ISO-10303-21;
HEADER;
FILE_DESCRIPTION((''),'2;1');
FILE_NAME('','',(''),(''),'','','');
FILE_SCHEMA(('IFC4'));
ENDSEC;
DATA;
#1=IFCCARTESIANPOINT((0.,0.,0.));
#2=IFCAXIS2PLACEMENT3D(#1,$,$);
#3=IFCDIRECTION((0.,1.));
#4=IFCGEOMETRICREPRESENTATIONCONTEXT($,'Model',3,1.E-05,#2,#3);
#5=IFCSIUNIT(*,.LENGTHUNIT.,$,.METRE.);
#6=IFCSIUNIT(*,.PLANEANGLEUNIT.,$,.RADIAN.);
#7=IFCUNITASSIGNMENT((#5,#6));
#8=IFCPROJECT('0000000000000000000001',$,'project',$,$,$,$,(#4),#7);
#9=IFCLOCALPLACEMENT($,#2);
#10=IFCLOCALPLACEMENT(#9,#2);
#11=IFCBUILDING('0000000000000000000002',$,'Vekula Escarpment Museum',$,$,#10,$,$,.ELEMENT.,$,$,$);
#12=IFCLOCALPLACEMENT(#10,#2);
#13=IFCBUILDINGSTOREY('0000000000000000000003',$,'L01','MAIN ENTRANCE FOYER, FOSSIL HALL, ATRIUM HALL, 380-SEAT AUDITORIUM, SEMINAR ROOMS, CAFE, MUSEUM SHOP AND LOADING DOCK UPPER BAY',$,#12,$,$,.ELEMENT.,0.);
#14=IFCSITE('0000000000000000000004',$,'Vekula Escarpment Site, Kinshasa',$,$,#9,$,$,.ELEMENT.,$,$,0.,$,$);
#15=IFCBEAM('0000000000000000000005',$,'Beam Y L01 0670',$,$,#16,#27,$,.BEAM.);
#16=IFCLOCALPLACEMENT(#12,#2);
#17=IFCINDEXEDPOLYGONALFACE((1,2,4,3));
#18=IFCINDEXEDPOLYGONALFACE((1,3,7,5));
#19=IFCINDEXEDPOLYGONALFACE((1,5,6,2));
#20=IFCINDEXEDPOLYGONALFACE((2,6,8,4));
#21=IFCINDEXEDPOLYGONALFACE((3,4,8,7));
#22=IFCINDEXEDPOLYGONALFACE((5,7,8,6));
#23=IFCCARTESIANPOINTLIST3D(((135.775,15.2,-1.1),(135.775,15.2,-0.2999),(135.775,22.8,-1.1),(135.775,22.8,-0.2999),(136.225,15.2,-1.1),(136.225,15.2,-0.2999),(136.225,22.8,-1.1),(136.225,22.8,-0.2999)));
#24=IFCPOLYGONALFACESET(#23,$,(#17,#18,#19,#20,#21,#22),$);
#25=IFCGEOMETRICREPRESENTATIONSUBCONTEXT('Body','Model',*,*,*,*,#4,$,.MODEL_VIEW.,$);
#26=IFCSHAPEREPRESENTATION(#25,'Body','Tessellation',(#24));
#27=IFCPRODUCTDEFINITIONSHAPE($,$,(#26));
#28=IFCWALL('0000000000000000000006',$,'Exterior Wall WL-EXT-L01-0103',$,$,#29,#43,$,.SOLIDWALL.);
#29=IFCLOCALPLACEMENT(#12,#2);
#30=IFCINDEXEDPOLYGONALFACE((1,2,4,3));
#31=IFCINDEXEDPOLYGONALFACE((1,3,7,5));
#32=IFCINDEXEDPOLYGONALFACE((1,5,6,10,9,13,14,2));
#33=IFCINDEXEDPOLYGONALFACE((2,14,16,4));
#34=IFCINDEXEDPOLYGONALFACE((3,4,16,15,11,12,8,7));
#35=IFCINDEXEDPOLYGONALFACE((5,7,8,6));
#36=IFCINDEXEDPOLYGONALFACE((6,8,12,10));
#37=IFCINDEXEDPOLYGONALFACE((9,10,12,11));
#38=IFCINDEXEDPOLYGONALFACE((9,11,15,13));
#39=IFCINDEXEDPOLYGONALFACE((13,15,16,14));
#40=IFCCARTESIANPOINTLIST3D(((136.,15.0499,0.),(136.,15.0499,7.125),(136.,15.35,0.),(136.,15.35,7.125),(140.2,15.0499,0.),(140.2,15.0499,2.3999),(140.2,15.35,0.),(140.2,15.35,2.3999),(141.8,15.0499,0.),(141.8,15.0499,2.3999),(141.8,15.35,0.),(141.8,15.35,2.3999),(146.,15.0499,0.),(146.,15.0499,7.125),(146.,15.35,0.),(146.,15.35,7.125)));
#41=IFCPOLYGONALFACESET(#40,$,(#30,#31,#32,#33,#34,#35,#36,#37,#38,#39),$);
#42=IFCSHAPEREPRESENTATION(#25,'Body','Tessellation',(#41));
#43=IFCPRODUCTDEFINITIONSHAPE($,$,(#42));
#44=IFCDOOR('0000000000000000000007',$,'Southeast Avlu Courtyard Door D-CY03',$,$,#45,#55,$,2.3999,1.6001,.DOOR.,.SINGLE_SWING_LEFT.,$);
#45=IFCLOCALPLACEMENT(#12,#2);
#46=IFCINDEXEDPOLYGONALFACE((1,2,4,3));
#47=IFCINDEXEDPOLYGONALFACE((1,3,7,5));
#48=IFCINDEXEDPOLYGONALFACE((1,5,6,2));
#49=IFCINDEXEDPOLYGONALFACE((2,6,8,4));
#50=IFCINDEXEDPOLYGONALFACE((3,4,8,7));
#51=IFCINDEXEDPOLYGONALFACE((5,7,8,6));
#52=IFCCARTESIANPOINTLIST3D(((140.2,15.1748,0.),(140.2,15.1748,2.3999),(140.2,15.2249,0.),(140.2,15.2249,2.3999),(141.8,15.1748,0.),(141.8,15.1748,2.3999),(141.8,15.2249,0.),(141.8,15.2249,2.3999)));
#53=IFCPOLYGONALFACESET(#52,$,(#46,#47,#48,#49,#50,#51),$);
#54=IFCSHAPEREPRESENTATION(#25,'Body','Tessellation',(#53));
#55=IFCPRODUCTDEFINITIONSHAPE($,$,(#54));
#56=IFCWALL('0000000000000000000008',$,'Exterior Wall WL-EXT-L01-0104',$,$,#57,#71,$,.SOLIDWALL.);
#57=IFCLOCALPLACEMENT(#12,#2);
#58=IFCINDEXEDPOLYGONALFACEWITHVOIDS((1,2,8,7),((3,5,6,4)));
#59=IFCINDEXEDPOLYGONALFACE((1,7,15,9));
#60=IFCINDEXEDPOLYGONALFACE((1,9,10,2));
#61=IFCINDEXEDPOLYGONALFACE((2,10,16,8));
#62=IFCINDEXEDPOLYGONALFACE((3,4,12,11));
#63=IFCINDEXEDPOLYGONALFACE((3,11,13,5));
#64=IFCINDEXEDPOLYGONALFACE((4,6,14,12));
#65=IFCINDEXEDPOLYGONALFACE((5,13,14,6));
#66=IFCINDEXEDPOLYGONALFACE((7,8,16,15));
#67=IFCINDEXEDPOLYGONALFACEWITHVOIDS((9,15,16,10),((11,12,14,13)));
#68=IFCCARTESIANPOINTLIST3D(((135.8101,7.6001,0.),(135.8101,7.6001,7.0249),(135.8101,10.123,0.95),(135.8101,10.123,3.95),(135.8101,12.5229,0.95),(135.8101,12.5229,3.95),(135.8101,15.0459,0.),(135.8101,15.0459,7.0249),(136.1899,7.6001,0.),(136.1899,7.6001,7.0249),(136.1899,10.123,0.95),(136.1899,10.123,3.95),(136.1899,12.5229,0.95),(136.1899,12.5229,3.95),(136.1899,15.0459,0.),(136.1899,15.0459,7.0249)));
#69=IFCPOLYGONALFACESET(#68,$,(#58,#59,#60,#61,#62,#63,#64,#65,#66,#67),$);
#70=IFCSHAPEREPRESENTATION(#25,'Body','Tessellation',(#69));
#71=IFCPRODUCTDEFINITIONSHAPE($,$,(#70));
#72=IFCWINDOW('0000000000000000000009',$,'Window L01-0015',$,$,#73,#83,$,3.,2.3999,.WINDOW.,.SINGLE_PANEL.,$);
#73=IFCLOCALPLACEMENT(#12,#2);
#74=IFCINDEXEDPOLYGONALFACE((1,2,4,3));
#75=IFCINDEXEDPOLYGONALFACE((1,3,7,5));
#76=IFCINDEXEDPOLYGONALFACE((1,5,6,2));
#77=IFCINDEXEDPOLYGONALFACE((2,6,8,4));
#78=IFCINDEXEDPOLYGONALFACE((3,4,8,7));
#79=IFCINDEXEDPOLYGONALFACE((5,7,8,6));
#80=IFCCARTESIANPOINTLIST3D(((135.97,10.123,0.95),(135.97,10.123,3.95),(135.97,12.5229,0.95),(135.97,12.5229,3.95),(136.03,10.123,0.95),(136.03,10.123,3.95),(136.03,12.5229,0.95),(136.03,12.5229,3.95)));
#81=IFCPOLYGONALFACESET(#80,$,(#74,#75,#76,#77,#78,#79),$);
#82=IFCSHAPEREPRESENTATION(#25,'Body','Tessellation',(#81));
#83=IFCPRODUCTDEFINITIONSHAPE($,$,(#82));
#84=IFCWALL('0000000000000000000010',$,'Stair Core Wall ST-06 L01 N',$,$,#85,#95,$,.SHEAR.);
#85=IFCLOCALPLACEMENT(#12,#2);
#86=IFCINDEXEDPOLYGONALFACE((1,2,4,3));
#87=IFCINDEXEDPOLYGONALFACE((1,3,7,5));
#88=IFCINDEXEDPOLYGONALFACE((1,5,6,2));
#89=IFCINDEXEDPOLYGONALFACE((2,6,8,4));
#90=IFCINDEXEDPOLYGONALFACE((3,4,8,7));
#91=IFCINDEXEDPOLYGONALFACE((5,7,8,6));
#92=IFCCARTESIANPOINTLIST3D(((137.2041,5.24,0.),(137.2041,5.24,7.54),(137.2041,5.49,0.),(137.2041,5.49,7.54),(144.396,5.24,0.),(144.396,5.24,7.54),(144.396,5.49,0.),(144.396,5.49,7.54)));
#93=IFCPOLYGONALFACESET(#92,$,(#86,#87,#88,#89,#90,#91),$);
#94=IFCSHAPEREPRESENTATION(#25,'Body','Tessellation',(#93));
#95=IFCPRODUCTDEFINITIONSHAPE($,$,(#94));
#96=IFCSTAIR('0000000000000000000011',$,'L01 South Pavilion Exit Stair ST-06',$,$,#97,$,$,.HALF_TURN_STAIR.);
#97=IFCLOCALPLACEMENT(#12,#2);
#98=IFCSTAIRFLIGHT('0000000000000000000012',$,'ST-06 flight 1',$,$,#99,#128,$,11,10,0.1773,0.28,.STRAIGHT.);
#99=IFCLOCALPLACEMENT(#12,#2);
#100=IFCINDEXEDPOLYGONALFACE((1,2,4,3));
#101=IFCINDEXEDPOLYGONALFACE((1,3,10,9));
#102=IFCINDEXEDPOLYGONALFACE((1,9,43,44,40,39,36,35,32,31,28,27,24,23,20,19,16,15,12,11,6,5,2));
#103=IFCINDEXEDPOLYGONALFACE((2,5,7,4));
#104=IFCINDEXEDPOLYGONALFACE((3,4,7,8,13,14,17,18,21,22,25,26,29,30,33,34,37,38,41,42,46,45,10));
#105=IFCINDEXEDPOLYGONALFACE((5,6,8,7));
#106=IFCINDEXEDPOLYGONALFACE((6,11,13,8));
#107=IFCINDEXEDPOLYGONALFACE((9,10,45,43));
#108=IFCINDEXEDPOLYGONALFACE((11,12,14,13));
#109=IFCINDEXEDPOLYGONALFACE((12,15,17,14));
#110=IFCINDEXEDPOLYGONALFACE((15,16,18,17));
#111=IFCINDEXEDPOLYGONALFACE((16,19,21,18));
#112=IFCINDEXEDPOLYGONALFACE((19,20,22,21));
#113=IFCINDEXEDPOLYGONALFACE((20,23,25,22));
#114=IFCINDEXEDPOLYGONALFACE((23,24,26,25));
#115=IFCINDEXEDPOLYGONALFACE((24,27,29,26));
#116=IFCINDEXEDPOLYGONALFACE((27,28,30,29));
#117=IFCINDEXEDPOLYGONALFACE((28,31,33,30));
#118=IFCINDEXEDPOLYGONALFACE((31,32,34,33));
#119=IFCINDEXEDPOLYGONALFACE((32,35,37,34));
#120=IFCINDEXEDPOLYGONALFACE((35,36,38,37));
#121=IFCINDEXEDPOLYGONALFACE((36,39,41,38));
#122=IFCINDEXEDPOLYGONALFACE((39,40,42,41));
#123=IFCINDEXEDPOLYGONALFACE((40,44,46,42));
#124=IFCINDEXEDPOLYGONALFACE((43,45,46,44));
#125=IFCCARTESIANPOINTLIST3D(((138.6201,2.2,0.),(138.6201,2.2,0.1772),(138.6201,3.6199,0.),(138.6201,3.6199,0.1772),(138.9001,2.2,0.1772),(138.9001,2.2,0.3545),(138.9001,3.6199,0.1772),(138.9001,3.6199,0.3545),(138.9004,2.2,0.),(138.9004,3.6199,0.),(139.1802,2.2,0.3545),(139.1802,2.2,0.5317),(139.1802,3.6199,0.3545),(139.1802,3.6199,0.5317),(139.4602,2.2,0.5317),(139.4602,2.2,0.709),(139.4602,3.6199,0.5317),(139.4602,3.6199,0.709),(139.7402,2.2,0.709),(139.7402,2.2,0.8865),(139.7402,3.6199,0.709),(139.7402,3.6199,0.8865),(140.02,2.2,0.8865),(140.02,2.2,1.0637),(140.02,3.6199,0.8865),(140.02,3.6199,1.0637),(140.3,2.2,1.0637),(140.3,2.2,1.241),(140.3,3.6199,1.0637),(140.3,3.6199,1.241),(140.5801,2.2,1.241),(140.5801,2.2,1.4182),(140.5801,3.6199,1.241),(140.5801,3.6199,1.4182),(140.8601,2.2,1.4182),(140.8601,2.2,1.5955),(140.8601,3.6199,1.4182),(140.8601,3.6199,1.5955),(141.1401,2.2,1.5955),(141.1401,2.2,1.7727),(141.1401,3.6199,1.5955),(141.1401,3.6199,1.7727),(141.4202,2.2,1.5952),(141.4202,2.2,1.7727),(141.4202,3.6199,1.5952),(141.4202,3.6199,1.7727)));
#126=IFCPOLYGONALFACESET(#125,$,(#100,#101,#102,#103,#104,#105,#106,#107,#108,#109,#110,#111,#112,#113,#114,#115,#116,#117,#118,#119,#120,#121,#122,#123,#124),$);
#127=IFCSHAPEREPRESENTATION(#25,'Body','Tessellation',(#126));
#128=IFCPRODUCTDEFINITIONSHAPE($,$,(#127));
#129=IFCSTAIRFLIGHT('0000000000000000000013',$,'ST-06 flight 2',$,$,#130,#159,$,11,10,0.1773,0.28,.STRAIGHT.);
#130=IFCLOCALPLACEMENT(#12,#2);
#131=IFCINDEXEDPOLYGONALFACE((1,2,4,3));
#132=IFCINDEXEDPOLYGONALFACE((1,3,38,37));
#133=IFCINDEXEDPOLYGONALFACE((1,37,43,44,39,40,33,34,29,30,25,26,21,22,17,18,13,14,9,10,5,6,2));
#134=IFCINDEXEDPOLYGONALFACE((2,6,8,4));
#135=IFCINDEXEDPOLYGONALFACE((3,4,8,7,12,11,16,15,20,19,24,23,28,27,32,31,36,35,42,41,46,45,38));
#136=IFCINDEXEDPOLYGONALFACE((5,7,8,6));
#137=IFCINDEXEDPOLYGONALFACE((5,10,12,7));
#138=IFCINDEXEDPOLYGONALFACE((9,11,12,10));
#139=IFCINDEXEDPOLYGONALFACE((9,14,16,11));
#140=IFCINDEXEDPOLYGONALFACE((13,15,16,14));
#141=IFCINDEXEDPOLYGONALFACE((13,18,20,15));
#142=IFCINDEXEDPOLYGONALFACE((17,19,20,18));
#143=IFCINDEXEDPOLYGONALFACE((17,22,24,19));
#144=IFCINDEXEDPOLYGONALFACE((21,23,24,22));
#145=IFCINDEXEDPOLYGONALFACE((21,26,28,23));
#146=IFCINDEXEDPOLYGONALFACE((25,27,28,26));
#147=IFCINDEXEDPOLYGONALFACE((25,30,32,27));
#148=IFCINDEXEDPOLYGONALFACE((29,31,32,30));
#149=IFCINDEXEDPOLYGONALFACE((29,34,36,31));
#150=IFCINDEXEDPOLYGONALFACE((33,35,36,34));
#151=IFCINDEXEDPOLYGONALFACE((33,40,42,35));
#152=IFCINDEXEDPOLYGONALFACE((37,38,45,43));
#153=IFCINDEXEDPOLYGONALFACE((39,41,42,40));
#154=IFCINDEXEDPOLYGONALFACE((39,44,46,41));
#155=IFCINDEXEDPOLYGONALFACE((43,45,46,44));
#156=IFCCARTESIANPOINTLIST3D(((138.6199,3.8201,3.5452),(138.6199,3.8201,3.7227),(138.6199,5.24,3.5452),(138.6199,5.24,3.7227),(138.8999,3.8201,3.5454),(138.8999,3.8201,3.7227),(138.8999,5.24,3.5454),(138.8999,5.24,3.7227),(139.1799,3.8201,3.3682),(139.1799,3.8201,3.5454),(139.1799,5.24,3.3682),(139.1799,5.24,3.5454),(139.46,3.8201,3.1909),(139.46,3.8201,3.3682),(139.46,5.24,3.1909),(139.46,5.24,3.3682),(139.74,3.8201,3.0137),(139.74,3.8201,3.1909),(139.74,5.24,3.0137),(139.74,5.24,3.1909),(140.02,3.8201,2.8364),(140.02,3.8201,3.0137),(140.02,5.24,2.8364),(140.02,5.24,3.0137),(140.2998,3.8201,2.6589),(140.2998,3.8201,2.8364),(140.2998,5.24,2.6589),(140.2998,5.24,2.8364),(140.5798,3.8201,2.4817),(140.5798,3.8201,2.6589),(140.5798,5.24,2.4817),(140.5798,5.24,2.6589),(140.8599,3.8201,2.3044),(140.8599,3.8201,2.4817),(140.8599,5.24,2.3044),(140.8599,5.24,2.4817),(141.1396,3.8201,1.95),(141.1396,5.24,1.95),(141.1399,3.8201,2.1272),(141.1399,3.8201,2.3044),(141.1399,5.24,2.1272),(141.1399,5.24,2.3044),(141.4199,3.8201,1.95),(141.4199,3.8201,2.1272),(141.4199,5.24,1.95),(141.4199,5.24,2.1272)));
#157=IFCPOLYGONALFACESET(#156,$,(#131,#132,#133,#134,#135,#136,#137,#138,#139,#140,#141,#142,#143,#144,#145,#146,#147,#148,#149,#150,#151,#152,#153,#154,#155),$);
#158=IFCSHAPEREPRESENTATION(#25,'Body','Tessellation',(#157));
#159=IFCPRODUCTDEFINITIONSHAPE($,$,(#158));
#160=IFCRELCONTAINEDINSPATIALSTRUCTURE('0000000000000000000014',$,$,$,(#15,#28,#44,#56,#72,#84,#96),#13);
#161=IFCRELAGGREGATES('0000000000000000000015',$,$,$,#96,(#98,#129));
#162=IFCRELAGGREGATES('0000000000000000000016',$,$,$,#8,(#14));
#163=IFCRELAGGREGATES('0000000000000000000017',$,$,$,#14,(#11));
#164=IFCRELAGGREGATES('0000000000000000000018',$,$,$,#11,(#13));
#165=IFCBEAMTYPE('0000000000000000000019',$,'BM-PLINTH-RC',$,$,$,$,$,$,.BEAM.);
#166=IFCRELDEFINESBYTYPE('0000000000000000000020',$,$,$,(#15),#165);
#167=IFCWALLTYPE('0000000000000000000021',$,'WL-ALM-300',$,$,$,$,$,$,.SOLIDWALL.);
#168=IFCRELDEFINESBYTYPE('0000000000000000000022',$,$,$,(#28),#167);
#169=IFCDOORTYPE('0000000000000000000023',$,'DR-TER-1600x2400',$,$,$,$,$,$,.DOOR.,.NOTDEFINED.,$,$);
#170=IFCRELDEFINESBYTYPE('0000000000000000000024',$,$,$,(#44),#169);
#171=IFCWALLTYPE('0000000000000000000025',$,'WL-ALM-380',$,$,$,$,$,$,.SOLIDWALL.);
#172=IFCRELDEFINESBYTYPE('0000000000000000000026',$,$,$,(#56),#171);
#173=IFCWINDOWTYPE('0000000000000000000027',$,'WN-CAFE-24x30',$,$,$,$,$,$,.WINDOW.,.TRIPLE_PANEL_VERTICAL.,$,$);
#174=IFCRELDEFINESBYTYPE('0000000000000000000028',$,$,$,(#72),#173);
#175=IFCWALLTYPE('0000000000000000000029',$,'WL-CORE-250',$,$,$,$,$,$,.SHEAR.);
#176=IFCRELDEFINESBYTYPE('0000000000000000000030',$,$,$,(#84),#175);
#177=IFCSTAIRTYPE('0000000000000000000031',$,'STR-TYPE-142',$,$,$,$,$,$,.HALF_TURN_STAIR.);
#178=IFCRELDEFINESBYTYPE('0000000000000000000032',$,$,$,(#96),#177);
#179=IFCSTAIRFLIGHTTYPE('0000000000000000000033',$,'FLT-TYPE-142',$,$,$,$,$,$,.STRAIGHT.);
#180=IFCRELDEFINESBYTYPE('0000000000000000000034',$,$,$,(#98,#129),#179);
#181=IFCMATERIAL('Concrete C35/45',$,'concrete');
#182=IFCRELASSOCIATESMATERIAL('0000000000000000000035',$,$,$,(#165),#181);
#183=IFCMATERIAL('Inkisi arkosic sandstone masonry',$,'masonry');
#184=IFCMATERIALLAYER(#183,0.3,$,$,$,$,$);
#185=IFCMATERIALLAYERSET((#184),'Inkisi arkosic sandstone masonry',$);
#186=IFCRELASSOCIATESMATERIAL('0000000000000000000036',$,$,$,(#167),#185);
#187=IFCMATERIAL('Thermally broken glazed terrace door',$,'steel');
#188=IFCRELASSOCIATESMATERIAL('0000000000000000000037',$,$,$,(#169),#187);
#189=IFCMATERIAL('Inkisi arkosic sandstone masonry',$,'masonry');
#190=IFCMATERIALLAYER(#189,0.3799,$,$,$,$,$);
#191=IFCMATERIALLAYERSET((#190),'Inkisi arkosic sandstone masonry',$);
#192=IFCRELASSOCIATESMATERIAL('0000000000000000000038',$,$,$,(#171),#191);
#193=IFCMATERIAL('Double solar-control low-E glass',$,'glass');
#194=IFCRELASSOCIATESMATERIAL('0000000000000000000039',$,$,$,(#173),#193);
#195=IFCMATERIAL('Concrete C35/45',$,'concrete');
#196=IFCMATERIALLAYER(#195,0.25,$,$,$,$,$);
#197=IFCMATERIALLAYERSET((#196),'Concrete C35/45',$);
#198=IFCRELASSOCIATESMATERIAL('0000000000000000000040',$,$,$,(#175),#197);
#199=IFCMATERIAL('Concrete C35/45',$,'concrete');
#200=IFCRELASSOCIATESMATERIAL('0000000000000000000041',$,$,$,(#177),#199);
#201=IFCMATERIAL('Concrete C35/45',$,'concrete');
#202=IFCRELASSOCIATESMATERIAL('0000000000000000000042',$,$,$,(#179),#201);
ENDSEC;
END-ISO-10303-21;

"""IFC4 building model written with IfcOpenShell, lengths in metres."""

from ifc_helpers import new_model, si_unit, direction, frame, frame_2d, origin, origin_2d, place, context, subcontext, project, spatial, polyline, rectangle, outline, extrude, material, layer, layer_set, material_profile, profile_set, type_object, element, fill, aggregate, save


model = new_model("IFC4")

# Units and contexts
model_context = context("Model", 3, precision=1e-05, world=origin(), true_north=direction((0.0, 1.0)))
body_context = subcontext(model_context, "Body", "Model", "MODEL_VIEW")
ifc_project = project(units=[si_unit("LENGTHUNIT", "METRE"), si_unit("PLANEANGLEUNIT", "RADIAN")], contexts=[model_context])

# Site, building, storey
site_placement = place(None, origin())
site = spatial("IfcSite", under=ifc_project, at=site_placement, Name="Vekula Escarpment Site, Kinshasa", CompositionType="ELEMENT", RefElevation=0.0)
building_placement = place(site_placement, origin())
building = spatial("IfcBuilding", under=site, at=building_placement, Name="Vekula Escarpment Museum", CompositionType="ELEMENT")
storey_placement = place(building_placement, origin())
storey = spatial("IfcBuildingStorey", under=building, at=storey_placement, Name="L01", Description="MAIN ENTRANCE FOYER, FOSSIL HALL, ATRIUM HALL, 380-SEAT AUDITORIUM, SEMINAR ROOMS, CAFE, MUSEUM SHOP AND LOADING DOCK UPPER BAY", CompositionType="ELEMENT", Elevation=0.0)

# Beam
ifc_material_1 = material(Name="Concrete C35/45", Category="concrete")
ifc_material_profile_1 = material_profile(ifc_material_1, rectangle(XDim=0.45, YDim=0.8, at=origin_2d()), Name="RC 450x800")
ifc_profile_set_1 = profile_set([ifc_material_profile_1], Name="Concrete C35/45")
beam_type_1 = type_object("IfcBeamType", Name="BM-PLINTH-RC", PredefinedType="BEAM", material=ifc_profile_set_1)
beam_1_placement = place(storey_placement, frame((136.0, 15.2, -0.7), z_axis=(0.0, 1.0, 0.0), x_axis=(-1.0, 0.0, 0.0)))
element("IfcBeam", 1, at=beam_1_placement, inside=storey, type_object=beam_type_1, Name="Beam Y L01 0670", PredefinedType="BEAM", context=body_context, shape_type="SweptSolid", body=[
    extrude(rectangle(XDim=0.45, YDim=0.8, at=origin_2d()), origin(), (0.0, 0.0, 1.0), 7.6001),
])

# Wall, opening, door
ifc_material_2 = material(Name="Inkisi arkosic sandstone masonry", Category="masonry")
ifc_layer_1 = layer(ifc_material_2, 0.3)
ifc_layer_set_1 = layer_set([ifc_layer_1], Name="Inkisi arkosic sandstone masonry")
wall_type_1 = type_object("IfcWallType", Name="WL-ALM-300", PredefinedType="SOLIDWALL", material=ifc_layer_set_1)
wall_1_placement = place(storey_placement, frame((136.0, 15.2, 0.0), z_axis=(0.0, 0.0, 1.0), x_axis=(1.0, 0.0, 0.0)))
wall_1 = element("IfcWall", 2, at=wall_1_placement, inside=storey, type_object=wall_type_1, Name="Exterior Wall WL-EXT-L01-0103", PredefinedType="SOLIDWALL", context=body_context, shape_type="SweptSolid", body=[
    extrude(rectangle(XDim=10.0, YDim=0.3, at=frame_2d((5.0, 0.0))), origin(), (0.0, 0.0, 1.0), 7.125),
])
opening_1_placement = place(wall_1_placement, frame((4.2, 0.0, 0.0)))
opening_1 = element("IfcOpeningElement", 3, at=opening_1_placement, cuts=wall_1, PredefinedType="OPENING", context=body_context, shape_type="SweptSolid", body=[
    extrude(rectangle(XDim=1.6001, YDim=2.3999, at=frame_2d((0.8, 1.2))), frame((0.0, 0.1599, 0.0), z_axis=(0.0, -1.0, 0.0), x_axis=(1.0, 0.0, 0.0)), (0.0, 0.0, 1.0), 0.3201),
])
ifc_material_3 = material(Name="Thermally broken glazed terrace door", Category="steel")
door_type = type_object("IfcDoorType", Name="DR-TER-1600x2400", OperationType="NOTDEFINED", PredefinedType="DOOR", material=ifc_material_3)
door_placement = place(opening_1_placement, origin())
door = element("IfcDoor", 4, at=door_placement, inside=storey, type_object=door_type, Name="Southeast Avlu Courtyard Door D-CY03", OperationType="SINGLE_SWING_LEFT", OverallHeight=2.3999, OverallWidth=1.6001, PredefinedType="DOOR", context=body_context, shape_type="SweptSolid", body=[
    extrude(rectangle(XDim=1.6001, YDim=2.3999, at=frame_2d((0.8, 1.2))), frame((0.0, 0.0249, 0.0), z_axis=(0.0, -1.0, 0.0), x_axis=(1.0, 0.0, 0.0)), (0.0, 0.0, 1.0), 0.05),
])
fill(opening_1, door)

# Wall, opening, window
ifc_material_4 = material(Name="Inkisi arkosic sandstone masonry", Category="masonry")
ifc_layer_2 = layer(ifc_material_4, 0.3799)
ifc_layer_set_2 = layer_set([ifc_layer_2], Name="Inkisi arkosic sandstone masonry")
wall_type_2 = type_object("IfcWallType", Name="WL-ALM-380", PredefinedType="SOLIDWALL", material=ifc_layer_set_2)
wall_2_placement = place(storey_placement, frame((136.0, 7.6001, 0.0), z_axis=(0.0, 0.0, 1.0), x_axis=(0.0, 1.0, 0.0)))
wall_2 = element("IfcWall", 5, at=wall_2_placement, inside=storey, type_object=wall_type_2, Name="Exterior Wall WL-EXT-L01-0104", PredefinedType="SOLIDWALL", context=body_context, shape_type="SweptSolid", body=[
    extrude(rectangle(XDim=7.4458, YDim=0.3799, at=frame_2d((3.7229, 0.0))), origin(), (0.0, 0.0, 1.0), 7.0249),
])
opening_2_placement = place(wall_2_placement, frame((2.5229, 0.0, 0.95)))
opening_2 = element("IfcOpeningElement", 6, at=opening_2_placement, cuts=wall_2, PredefinedType="OPENING", context=body_context, shape_type="SweptSolid", body=[
    extrude(rectangle(XDim=2.3999, YDim=3.0, at=frame_2d((1.2, 1.5))), frame((0.0, 0.2, 0.0), z_axis=(0.0, -1.0, 0.0), x_axis=(1.0, 0.0, 0.0)), (0.0, 0.0, 1.0), 0.3999),
])
ifc_material_5 = material(Name="Double solar-control low-E glass", Category="glass")
window_type = type_object("IfcWindowType", Name="WN-CAFE-24x30", PartitioningType="TRIPLE_PANEL_VERTICAL", PredefinedType="WINDOW", material=ifc_material_5)
window_placement = place(opening_2_placement, origin())
window = element("IfcWindow", 7, at=window_placement, inside=storey, type_object=window_type, Name="Window L01-0015", OverallHeight=3.0, OverallWidth=2.3999, PartitioningType="SINGLE_PANEL", PredefinedType="WINDOW", context=body_context, shape_type="SweptSolid", body=[
    extrude(rectangle(XDim=2.3999, YDim=3.0, at=frame_2d((1.2, 1.5))), frame((0.0, 0.03, 0.0), z_axis=(0.0, -1.0, 0.0), x_axis=(1.0, 0.0, 0.0)), (0.0, 0.0, 1.0), 0.0601),
])
fill(opening_2, window)

# Wall
ifc_material_6 = material(Name="Concrete C35/45", Category="concrete")
ifc_layer_3 = layer(ifc_material_6, 0.25)
ifc_layer_set_3 = layer_set([ifc_layer_3], Name="Concrete C35/45")
wall_type_3 = type_object("IfcWallType", Name="WL-CORE-250", PredefinedType="SHEAR", material=ifc_layer_set_3)
wall_3_placement = place(storey_placement, frame((137.2041, 5.365, 0.0), z_axis=(0.0, 0.0, 1.0), x_axis=(1.0, 0.0, 0.0)))
element("IfcWall", 8, at=wall_3_placement, inside=storey, type_object=wall_type_3, Name="Stair Core Wall ST-06 L01 N", PredefinedType="SHEAR", context=body_context, shape_type="SweptSolid", body=[
    extrude(rectangle(XDim=7.1919, YDim=0.25, at=frame_2d((3.5959, 0.0))), origin(), (0.0, 0.0, 1.0), 7.54),
])

# Stair, stair flights
ifc_material_7 = material(Name="Concrete C35/45", Category="concrete")
stair_type = type_object("IfcStairType", Name="STR-TYPE-142", PredefinedType="HALF_TURN_STAIR", material=ifc_material_7)
stair_placement = place(storey_placement, origin())
stair = element("IfcStair", 9, at=stair_placement, inside=storey, type_object=stair_type, Name="L01 South Pavilion Exit Stair ST-06", PredefinedType="HALF_TURN_STAIR")
ifc_material_8 = material(Name="Concrete C35/45", Category="concrete")
stair_flight_type = type_object("IfcStairFlightType", Name="FLT-TYPE-142", PredefinedType="STRAIGHT", material=ifc_material_8)
stair_flight_1_placement = place(storey_placement, frame((138.6201, 2.9099, 0.0), z_axis=(0.0, 0.0, 1.0), x_axis=(1.0, 0.0, 0.0)))
stair_flight_1 = element("IfcStairFlight", 10, at=stair_flight_1_placement, type_object=stair_flight_type, Name="ST-06 flight 1", NumberOfRisers=11, NumberOfTreads=10, PredefinedType="STRAIGHT", RiserHeight=0.1773, TreadLength=0.28, context=body_context, shape_type="SweptSolid", body=[
    extrude(outline(polyline([(0.0, 0.0), (0.0, 0.1772), (0.28, 0.1772), (0.28, 0.3545), (0.5601, 0.3545), (0.5601, 0.5317), (0.8401, 0.5317), (0.8401, 0.709), (1.1201, 0.709), (1.1201, 0.8865), (1.3999, 0.8865), (1.3999, 1.0637), (1.6799, 1.0637), (1.6799, 1.241), (1.96, 1.241), (1.96, 1.4182), (2.24, 1.4182), (2.24, 1.5955), (2.52, 1.5955), (2.52, 1.7727), (2.8, 1.7727), (2.8, 1.95), (2.8, 1.5952), (0.2803, 0.0), (0.0, 0.0)])), frame((0.0, 0.71, 0.0), z_axis=(0.0, -1.0, 0.0), x_axis=(1.0, 0.0, 0.0)), (0.0, 0.0, 1.0), 1.4199),
])
stair_flight_2_placement = place(storey_placement, frame((141.4199, 4.53, 1.95), z_axis=(0.0, 0.0, 1.0), x_axis=(-1.0, 0.0, 0.0)))
stair_flight_2 = element("IfcStairFlight", 11, at=stair_flight_2_placement, type_object=stair_flight_type, Name="ST-06 flight 2", NumberOfRisers=11, NumberOfTreads=10, PredefinedType="STRAIGHT", RiserHeight=0.1773, TreadLength=0.28, context=body_context, shape_type="SweptSolid", body=[
    extrude(outline(polyline([(0.0, 0.0), (0.0, 0.1772), (0.28, 0.1772), (0.28, 0.3545), (0.5601, 0.3545), (0.5601, 0.5317), (0.8401, 0.5317), (0.8401, 0.709), (1.1201, 0.709), (1.1201, 0.8865), (1.3999, 0.8865), (1.3999, 1.0637), (1.6799, 1.0637), (1.6799, 1.241), (1.96, 1.241), (1.96, 1.4182), (2.24, 1.4182), (2.24, 1.5955), (2.52, 1.5955), (2.52, 1.7727), (2.8, 1.7727), (2.8, 1.95), (2.8, 1.5952), (0.2803, 0.0), (0.0, 0.0)])), frame((0.0, 0.71, 0.0), z_axis=(0.0, -1.0, 0.0), x_axis=(1.0, 0.0, 0.0)), (0.0, 0.0, 1.0), 1.4199),
])
aggregate(stair, [stair_flight_1, stair_flight_2])

save(model, "model.ifc")
